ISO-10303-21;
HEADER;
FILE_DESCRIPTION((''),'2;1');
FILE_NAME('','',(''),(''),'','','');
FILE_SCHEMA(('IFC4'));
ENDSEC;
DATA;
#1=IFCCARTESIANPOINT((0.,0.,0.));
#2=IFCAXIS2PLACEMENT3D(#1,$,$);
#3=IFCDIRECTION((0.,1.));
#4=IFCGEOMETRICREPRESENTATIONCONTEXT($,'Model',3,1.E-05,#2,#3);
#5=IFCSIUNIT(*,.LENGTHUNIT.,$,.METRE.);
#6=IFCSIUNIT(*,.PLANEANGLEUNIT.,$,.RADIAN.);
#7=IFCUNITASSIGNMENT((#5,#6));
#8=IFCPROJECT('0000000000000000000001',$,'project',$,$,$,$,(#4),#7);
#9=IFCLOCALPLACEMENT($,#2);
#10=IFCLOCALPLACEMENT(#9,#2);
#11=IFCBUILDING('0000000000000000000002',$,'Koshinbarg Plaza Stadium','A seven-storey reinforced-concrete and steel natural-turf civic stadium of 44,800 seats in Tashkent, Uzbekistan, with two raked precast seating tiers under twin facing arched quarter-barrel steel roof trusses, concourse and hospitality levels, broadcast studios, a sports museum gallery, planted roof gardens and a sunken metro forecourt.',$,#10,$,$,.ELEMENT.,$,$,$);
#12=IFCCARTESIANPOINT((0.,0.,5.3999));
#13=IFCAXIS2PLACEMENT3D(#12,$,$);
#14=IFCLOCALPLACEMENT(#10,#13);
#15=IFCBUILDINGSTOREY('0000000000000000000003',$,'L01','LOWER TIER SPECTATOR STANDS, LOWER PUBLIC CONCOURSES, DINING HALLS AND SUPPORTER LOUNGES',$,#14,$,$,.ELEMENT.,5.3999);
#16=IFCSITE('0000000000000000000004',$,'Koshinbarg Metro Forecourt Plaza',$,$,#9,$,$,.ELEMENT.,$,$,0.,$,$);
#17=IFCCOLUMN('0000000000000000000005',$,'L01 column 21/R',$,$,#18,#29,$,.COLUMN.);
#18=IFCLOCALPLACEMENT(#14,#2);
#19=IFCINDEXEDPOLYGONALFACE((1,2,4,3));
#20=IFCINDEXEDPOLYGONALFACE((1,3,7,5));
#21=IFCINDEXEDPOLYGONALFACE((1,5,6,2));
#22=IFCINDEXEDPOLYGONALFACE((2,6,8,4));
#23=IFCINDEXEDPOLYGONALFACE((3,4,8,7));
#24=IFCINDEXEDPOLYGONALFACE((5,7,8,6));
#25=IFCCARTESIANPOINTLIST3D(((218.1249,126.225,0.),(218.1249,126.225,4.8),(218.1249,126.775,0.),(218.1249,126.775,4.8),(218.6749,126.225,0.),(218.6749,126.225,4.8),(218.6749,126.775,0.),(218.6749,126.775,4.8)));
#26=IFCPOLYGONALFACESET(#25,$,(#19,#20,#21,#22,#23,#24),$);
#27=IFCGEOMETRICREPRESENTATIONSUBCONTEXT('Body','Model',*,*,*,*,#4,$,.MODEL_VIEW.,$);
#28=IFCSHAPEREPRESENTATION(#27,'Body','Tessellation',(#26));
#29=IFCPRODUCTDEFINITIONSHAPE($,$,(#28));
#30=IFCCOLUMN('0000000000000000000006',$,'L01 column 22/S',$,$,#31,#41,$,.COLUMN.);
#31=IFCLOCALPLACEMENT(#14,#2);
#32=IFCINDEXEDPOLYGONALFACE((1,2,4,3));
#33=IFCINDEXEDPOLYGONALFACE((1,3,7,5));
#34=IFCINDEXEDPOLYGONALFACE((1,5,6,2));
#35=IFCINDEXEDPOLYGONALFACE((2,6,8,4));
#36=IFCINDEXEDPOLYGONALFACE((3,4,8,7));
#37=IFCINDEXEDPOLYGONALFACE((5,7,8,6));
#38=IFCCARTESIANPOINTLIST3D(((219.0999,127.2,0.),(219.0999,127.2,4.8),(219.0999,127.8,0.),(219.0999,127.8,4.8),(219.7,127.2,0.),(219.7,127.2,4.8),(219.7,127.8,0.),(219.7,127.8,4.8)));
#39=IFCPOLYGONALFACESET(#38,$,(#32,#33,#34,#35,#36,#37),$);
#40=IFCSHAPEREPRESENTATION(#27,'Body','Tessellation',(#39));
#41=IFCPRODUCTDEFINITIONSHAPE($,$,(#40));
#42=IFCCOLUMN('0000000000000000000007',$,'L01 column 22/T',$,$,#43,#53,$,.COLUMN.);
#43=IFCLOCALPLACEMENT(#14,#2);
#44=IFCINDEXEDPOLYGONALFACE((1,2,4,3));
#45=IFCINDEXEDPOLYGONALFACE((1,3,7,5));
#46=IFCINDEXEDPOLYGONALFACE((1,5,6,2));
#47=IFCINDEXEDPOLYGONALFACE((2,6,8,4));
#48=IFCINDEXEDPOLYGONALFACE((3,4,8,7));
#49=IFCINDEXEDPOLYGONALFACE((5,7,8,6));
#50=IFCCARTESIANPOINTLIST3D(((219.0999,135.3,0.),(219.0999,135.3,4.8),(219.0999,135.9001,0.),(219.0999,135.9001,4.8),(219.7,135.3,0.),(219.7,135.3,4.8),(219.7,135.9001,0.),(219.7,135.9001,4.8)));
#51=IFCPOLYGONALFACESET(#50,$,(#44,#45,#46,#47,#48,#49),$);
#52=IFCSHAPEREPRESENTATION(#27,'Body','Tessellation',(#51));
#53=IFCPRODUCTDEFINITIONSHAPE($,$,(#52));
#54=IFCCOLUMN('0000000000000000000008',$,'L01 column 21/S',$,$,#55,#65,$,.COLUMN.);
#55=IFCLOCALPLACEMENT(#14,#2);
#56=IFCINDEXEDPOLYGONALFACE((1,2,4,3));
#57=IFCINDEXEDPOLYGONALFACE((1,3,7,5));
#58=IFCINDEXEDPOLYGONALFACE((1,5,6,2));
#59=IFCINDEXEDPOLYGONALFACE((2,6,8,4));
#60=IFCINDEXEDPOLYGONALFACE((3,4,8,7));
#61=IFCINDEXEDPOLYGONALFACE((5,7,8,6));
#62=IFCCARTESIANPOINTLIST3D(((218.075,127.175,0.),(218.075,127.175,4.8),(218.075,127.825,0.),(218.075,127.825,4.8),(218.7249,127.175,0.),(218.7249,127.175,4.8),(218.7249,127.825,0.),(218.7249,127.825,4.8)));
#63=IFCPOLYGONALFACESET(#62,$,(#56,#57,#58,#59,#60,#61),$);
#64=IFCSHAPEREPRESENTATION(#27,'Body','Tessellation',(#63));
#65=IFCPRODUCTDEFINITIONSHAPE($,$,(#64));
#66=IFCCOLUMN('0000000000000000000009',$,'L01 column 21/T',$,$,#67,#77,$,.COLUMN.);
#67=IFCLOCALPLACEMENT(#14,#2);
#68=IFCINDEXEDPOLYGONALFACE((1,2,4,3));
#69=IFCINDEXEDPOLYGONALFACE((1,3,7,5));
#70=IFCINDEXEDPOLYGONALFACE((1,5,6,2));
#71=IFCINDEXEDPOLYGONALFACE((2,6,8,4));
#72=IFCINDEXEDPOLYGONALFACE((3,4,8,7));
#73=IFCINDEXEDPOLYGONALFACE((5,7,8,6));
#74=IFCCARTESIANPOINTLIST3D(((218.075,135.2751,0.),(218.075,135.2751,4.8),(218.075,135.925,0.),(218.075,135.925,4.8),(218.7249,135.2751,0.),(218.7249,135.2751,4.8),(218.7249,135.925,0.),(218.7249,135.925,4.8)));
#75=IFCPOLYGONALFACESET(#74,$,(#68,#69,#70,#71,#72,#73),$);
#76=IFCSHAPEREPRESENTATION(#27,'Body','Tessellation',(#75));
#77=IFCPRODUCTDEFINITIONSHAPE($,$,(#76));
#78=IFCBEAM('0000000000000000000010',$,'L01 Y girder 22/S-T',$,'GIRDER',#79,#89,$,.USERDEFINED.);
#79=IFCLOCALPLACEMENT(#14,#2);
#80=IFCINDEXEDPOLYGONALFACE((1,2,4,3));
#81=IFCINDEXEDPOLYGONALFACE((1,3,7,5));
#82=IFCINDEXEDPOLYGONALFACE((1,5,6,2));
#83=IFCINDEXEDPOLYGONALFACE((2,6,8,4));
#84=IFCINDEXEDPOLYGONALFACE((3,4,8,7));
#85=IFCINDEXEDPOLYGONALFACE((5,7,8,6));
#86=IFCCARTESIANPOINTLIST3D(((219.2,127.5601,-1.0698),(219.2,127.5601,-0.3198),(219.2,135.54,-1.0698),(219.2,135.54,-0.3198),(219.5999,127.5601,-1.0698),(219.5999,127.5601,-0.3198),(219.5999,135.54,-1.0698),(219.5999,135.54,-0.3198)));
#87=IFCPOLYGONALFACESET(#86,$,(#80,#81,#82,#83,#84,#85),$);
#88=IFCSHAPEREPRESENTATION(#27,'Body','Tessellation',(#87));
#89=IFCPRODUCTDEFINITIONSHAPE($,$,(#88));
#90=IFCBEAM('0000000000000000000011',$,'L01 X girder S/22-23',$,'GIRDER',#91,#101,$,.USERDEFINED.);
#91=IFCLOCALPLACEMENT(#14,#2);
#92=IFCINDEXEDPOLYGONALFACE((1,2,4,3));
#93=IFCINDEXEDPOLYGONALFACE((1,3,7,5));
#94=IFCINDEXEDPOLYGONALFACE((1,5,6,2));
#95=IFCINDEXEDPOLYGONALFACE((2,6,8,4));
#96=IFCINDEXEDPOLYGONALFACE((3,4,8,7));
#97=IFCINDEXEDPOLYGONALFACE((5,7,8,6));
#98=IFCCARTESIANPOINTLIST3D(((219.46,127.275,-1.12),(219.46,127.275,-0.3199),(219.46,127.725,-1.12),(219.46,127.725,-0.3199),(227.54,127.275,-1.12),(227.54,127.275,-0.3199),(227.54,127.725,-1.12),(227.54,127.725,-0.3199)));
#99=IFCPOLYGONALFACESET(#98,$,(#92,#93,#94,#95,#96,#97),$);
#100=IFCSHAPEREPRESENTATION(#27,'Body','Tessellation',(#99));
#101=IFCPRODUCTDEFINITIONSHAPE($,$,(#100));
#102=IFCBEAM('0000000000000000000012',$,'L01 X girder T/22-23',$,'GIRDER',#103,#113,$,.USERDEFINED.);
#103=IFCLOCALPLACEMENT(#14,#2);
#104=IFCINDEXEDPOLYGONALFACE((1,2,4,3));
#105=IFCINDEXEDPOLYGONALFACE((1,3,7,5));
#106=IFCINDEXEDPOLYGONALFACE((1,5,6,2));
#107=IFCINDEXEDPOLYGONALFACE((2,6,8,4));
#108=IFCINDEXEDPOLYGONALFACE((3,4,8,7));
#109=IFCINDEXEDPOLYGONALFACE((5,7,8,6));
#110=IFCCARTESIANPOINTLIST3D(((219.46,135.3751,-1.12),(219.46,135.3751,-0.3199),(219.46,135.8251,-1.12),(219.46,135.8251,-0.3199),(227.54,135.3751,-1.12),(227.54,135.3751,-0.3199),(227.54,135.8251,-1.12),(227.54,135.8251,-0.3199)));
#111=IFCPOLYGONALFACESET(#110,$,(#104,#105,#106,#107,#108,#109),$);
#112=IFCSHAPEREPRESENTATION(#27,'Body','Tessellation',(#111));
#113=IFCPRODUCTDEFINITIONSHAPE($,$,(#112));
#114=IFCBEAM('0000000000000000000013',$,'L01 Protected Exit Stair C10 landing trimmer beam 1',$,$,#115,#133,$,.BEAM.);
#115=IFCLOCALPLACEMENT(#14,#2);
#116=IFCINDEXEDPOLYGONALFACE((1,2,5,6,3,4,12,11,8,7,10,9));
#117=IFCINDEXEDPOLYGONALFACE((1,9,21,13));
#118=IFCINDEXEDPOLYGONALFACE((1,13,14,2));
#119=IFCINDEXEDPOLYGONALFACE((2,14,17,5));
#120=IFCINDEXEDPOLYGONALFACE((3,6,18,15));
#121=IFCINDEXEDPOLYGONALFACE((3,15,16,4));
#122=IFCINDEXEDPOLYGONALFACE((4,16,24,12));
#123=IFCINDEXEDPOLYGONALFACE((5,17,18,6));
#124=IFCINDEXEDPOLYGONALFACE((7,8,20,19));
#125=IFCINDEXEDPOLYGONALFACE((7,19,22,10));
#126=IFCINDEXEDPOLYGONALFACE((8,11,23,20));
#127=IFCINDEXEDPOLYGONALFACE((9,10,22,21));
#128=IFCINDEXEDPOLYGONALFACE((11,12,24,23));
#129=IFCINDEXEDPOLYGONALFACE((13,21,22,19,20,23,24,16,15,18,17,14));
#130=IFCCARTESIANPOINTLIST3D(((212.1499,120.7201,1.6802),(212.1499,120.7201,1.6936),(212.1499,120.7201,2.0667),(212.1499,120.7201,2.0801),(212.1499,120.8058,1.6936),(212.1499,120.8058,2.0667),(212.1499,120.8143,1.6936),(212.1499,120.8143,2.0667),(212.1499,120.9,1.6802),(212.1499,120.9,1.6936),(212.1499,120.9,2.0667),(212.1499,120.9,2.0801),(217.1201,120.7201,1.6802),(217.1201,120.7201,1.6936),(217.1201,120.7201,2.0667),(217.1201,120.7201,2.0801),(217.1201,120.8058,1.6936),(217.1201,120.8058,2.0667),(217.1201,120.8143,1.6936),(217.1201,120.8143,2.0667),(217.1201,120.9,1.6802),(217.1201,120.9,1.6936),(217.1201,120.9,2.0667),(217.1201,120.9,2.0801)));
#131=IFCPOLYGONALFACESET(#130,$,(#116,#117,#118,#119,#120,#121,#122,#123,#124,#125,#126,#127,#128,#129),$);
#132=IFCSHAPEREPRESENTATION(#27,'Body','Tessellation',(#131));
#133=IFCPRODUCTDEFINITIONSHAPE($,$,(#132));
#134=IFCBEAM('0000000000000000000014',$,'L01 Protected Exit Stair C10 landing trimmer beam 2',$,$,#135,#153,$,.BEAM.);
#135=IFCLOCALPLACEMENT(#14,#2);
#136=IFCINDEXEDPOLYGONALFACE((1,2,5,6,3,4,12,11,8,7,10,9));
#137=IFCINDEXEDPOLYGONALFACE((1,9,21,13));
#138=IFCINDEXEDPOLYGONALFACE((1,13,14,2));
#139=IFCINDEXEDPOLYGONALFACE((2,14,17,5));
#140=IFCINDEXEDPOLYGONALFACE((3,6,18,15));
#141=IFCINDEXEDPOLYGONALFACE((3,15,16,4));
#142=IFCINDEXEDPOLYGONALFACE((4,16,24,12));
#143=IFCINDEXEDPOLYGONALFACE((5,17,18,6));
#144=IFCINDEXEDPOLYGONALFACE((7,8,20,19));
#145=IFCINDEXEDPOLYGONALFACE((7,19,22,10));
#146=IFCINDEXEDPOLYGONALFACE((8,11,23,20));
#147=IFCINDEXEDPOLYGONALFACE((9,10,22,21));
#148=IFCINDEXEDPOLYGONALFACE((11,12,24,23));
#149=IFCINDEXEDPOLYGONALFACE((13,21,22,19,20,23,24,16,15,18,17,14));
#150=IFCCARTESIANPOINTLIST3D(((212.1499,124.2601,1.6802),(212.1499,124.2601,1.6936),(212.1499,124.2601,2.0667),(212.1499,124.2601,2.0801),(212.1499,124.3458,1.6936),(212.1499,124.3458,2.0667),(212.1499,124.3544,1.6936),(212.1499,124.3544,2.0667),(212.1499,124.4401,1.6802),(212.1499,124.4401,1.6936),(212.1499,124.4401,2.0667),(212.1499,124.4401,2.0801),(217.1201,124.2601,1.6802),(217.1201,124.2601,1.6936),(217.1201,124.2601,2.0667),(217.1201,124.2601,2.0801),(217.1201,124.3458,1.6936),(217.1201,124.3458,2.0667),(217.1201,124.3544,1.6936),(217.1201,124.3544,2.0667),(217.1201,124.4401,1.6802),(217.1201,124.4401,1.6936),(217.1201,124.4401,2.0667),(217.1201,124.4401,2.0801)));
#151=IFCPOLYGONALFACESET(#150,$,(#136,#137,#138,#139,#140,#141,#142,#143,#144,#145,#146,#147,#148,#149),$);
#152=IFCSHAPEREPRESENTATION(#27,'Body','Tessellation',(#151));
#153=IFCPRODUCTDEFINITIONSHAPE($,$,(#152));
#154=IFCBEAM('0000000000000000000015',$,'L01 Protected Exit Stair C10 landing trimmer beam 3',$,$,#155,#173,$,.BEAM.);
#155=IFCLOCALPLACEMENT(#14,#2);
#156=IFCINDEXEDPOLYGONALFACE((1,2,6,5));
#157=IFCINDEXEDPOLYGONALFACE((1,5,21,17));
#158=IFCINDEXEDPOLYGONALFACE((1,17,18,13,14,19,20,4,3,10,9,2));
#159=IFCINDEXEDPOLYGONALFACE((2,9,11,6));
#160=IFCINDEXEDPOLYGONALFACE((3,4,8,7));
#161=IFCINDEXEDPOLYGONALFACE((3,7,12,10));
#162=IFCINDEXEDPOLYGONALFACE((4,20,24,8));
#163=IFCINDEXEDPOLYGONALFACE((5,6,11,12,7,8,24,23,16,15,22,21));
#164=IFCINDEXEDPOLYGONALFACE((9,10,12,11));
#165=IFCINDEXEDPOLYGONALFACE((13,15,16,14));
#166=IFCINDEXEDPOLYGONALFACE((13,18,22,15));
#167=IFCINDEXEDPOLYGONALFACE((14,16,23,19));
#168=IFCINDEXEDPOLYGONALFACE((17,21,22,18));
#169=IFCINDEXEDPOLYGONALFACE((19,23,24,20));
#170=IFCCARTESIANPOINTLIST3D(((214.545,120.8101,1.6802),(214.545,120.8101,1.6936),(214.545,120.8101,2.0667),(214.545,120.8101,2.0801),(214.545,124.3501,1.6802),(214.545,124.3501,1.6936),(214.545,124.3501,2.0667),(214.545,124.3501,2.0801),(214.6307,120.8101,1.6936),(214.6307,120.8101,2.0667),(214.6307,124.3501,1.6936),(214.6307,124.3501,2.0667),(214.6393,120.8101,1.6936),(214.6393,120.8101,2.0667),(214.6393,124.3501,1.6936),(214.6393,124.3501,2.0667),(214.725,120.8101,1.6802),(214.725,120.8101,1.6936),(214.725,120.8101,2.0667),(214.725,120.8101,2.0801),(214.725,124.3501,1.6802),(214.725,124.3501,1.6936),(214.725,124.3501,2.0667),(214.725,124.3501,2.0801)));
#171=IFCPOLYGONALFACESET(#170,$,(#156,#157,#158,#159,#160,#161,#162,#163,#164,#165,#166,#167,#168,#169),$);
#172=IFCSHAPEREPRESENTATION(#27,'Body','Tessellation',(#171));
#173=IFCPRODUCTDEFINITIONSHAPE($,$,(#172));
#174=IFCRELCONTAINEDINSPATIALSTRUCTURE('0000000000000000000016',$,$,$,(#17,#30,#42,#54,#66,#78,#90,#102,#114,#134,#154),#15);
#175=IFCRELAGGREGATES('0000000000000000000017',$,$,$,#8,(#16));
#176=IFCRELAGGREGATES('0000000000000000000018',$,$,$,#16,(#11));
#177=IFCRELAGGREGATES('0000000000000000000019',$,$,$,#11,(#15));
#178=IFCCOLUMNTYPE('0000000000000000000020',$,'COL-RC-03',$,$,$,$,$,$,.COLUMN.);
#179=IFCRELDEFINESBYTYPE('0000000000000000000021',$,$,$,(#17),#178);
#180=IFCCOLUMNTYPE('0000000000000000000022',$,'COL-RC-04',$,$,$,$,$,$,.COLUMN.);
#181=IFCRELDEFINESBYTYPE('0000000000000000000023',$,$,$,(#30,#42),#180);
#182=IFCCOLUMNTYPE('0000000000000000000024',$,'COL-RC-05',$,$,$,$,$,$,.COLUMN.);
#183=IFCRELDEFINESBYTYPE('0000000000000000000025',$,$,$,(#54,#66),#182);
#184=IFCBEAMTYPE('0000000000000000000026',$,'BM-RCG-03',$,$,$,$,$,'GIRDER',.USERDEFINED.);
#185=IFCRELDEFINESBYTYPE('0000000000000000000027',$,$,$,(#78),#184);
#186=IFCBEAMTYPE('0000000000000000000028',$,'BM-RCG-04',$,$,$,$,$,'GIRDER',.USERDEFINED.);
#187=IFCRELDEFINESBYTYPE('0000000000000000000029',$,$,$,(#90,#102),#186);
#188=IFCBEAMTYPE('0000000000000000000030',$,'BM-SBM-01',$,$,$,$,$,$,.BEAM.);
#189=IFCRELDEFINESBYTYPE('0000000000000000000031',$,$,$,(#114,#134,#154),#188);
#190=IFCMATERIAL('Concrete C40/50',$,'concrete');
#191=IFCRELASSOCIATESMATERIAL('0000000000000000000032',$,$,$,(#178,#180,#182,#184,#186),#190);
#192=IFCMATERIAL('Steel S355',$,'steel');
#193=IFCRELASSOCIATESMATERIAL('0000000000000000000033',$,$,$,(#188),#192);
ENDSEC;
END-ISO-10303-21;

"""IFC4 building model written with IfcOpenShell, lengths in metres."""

from ifc_helpers import new_model, si_unit, direction, frame, origin, origin_2d, place, context, subcontext, project, spatial, rectangle, i_section, extrude, material, material_profile, profile_set, type_object, element, save


model = new_model("IFC4")

# Units and contexts
model_context = context("Model", 3, precision=1e-05, world=origin(), true_north=direction((0.0, 1.0)))
body_context = subcontext(model_context, "Body", "Model", "MODEL_VIEW")
ifc_project = project(units=[si_unit("LENGTHUNIT", "METRE"), si_unit("PLANEANGLEUNIT", "RADIAN")], contexts=[model_context])

# Site, building, storey
site_placement = place(None, origin())
site = spatial("IfcSite", under=ifc_project, at=site_placement, Name="Koshinbarg Metro Forecourt Plaza", CompositionType="ELEMENT", RefElevation=0.0)
building_placement = place(site_placement, origin())
building = spatial("IfcBuilding", under=site, at=building_placement, Name="Koshinbarg Plaza Stadium", Description="A seven-storey reinforced-concrete and steel natural-turf civic stadium of 44,800 seats in Tashkent, Uzbekistan, with two raked precast seating tiers under twin facing arched quarter-barrel steel roof trusses, concourse and hospitality levels, broadcast studios, a sports museum gallery, planted roof gardens and a sunken metro forecourt.", CompositionType="ELEMENT")
storey_placement = place(building_placement, frame((0.0, 0.0, 5.3999)))
storey = spatial("IfcBuildingStorey", under=building, at=storey_placement, Name="L01", Description="LOWER TIER SPECTATOR STANDS, LOWER PUBLIC CONCOURSES, DINING HALLS AND SUPPORTER LOUNGES", CompositionType="ELEMENT", Elevation=5.3999)

# Columns
ifc_material_1 = material(Name="Concrete C40/50", Category="concrete")
ifc_material_profile_1 = material_profile(ifc_material_1, rectangle(XDim=0.55, YDim=0.55, at=origin_2d()), Name="RC 550x550")
ifc_profile_set_1 = profile_set([ifc_material_profile_1], Name="Concrete C40/50")
column_type_1 = type_object("IfcColumnType", Name="COL-RC-03", PredefinedType="COLUMN", material=ifc_profile_set_1)
column_placement = place(storey_placement, frame((218.3999, 126.5, 0.0), z_axis=(0.0, 0.0, 1.0), x_axis=(1.0, 0.0, 0.0)))
element("IfcColumn", 1, at=column_placement, inside=storey, type_object=column_type_1, Name="L01 column 21/R", PredefinedType="COLUMN", context=body_context, shape_type="SweptSolid", body=[
    extrude(rectangle(XDim=0.55, YDim=0.55, at=origin_2d()), origin(), (0.0, 0.0, 1.0), 4.8),
])
ifc_material_profile_2 = material_profile(ifc_material_1, rectangle(XDim=0.6001, YDim=0.6001, at=origin_2d()), Name="RC 600x600")
ifc_profile_set_2 = profile_set([ifc_material_profile_2], Name="Concrete C40/50")
column_type_2 = type_object("IfcColumnType", Name="COL-RC-04", PredefinedType="COLUMN", material=ifc_profile_set_2)
for number, where, z_axis, x_axis, name in (
    (2, (219.3999, 127.5, 0.0), (0.0, 0.0, 1.0), (1.0, 0.0, 0.0), "L01 column 22/S"),
    (3, (219.3999, 135.6001, 0.0), (0.0, 0.0, 1.0), (1.0, 0.0, 0.0), "L01 column 22/T"),
):
    element("IfcColumn", number, at=place(storey_placement, frame(where, z_axis=z_axis, x_axis=x_axis)), inside=storey, type_object=column_type_2, Name=name, PredefinedType="COLUMN", context=body_context, shape_type="SweptSolid", body=[
        extrude(rectangle(XDim=0.6001, YDim=0.6001, at=origin_2d()), origin(), (0.0, 0.0, 1.0), 4.8),
    ])
ifc_material_profile_3 = material_profile(ifc_material_1, rectangle(XDim=0.6499, YDim=0.6499, at=origin_2d()), Name="RC 650x650")
ifc_profile_set_3 = profile_set([ifc_material_profile_3], Name="Concrete C40/50")
column_type_3 = type_object("IfcColumnType", Name="COL-RC-05", PredefinedType="COLUMN", material=ifc_profile_set_3)
for number, where, z_axis, x_axis, name in (
    (4, (218.3999, 127.5, 0.0), (0.0, 0.0, 1.0), (1.0, 0.0, 0.0), "L01 column 21/S"),
    (5, (218.3999, 135.6001, 0.0), (0.0, 0.0, 1.0), (1.0, 0.0, 0.0), "L01 column 21/T"),
):
    element("IfcColumn", number, at=place(storey_placement, frame(where, z_axis=z_axis, x_axis=x_axis)), inside=storey, type_object=column_type_3, Name=name, PredefinedType="COLUMN", context=body_context, shape_type="SweptSolid", body=[
        extrude(rectangle(XDim=0.6499, YDim=0.6499, at=origin_2d()), origin(), (0.0, 0.0, 1.0), 4.8),
    ])

# Beams
ifc_material_profile_4 = material_profile(ifc_material_1, rectangle(XDim=0.3999, YDim=0.75, at=origin_2d()), Name="RC 400x750")
ifc_profile_set_4 = profile_set([ifc_material_profile_4], Name="Concrete C40/50")
beam_type_1 = type_object("IfcBeamType", Name="BM-RCG-03", ElementType="GIRDER", PredefinedType="USERDEFINED", material=ifc_profile_set_4)
beam_1_placement = place(storey_placement, frame((219.3999, 127.5601, -0.6948), z_axis=(0.0, 1.0, 0.0), x_axis=(-1.0, 0.0, 0.0)))
element("IfcBeam", 6, at=beam_1_placement, inside=storey, type_object=beam_type_1, Name="L01 Y girder 22/S-T", ObjectType="GIRDER", PredefinedType="USERDEFINED", context=body_context, shape_type="SweptSolid", body=[
    extrude(rectangle(XDim=0.3999, YDim=0.75, at=origin_2d()), origin(), (0.0, 0.0, 1.0), 7.98),
])
ifc_material_profile_5 = material_profile(ifc_material_1, rectangle(XDim=0.45, YDim=0.8, at=origin_2d()), Name="RC 450x800")
ifc_profile_set_5 = profile_set([ifc_material_profile_5], Name="Concrete C40/50")
beam_type_2 = type_object("IfcBeamType", Name="BM-RCG-04", ElementType="GIRDER", PredefinedType="USERDEFINED", material=ifc_profile_set_5)
for number, where, z_axis, x_axis, name in (
    (7, (219.46, 127.5, -0.72), (1.0, 0.0, 0.0), (0.0, 1.0, 0.0), "L01 X girder S/22-23"),
    (8, (219.46, 135.6001, -0.72), (1.0, 0.0, 0.0), (0.0, 1.0, 0.0), "L01 X girder T/22-23"),
):
    element("IfcBeam", number, at=place(storey_placement, frame(where, z_axis=z_axis, x_axis=x_axis)), inside=storey, type_object=beam_type_2, Name=name, ObjectType="GIRDER", PredefinedType="USERDEFINED", context=body_context, shape_type="SweptSolid", body=[
        extrude(rectangle(XDim=0.45, YDim=0.8, at=origin_2d()), origin(), (0.0, 0.0, 1.0), 8.0801),
    ])
ifc_material_2 = material(Name="Steel S355", Category="steel")
ifc_material_profile_6 = material_profile(ifc_material_2, i_section(OverallWidth=0.1799, OverallDepth=0.3999, WebThickness=0.0085, FlangeThickness=0.0134, at=origin_2d()), Name="IPE 400")
ifc_profile_set_6 = profile_set([ifc_material_profile_6], Name="Steel S355")
beam_type_3 = type_object("IfcBeamType", Name="BM-SBM-01", PredefinedType="BEAM", material=ifc_profile_set_6)
for number, where, z_axis, x_axis, name in (
    (9, (212.1499, 120.8101, 1.8801), (1.0, 0.0, 0.0), (0.0, 1.0, 0.0), "L01 Protected Exit Stair C10 landing trimmer beam 1"),
    (10, (212.1499, 124.3501, 1.8801), (1.0, 0.0, 0.0), (0.0, 1.0, 0.0), "L01 Protected Exit Stair C10 landing trimmer beam 2"),
):
    element("IfcBeam", number, at=place(storey_placement, frame(where, z_axis=z_axis, x_axis=x_axis)), inside=storey, type_object=beam_type_3, Name=name, PredefinedType="BEAM", context=body_context, shape_type="SweptSolid", body=[
        extrude(i_section(OverallWidth=0.1799, OverallDepth=0.3999, WebThickness=0.0085, FlangeThickness=0.0134, at=origin_2d()), origin(), (0.0, 0.0, 1.0), 4.9702),
    ])
beam_2_placement = place(storey_placement, frame((214.635, 120.8101, 1.8801), z_axis=(0.0, 1.0, 0.0), x_axis=(-1.0, 0.0, 0.0)))
element("IfcBeam", 11, at=beam_2_placement, inside=storey, type_object=beam_type_3, Name="L01 Protected Exit Stair C10 landing trimmer beam 3", PredefinedType="BEAM", context=body_context, shape_type="SweptSolid", body=[
    extrude(i_section(OverallWidth=0.1799, OverallDepth=0.3999, WebThickness=0.0085, FlangeThickness=0.0134, at=origin_2d()), origin(), (0.0, 0.0, 1.0), 3.54),
])

save(model, "model.ifc")
